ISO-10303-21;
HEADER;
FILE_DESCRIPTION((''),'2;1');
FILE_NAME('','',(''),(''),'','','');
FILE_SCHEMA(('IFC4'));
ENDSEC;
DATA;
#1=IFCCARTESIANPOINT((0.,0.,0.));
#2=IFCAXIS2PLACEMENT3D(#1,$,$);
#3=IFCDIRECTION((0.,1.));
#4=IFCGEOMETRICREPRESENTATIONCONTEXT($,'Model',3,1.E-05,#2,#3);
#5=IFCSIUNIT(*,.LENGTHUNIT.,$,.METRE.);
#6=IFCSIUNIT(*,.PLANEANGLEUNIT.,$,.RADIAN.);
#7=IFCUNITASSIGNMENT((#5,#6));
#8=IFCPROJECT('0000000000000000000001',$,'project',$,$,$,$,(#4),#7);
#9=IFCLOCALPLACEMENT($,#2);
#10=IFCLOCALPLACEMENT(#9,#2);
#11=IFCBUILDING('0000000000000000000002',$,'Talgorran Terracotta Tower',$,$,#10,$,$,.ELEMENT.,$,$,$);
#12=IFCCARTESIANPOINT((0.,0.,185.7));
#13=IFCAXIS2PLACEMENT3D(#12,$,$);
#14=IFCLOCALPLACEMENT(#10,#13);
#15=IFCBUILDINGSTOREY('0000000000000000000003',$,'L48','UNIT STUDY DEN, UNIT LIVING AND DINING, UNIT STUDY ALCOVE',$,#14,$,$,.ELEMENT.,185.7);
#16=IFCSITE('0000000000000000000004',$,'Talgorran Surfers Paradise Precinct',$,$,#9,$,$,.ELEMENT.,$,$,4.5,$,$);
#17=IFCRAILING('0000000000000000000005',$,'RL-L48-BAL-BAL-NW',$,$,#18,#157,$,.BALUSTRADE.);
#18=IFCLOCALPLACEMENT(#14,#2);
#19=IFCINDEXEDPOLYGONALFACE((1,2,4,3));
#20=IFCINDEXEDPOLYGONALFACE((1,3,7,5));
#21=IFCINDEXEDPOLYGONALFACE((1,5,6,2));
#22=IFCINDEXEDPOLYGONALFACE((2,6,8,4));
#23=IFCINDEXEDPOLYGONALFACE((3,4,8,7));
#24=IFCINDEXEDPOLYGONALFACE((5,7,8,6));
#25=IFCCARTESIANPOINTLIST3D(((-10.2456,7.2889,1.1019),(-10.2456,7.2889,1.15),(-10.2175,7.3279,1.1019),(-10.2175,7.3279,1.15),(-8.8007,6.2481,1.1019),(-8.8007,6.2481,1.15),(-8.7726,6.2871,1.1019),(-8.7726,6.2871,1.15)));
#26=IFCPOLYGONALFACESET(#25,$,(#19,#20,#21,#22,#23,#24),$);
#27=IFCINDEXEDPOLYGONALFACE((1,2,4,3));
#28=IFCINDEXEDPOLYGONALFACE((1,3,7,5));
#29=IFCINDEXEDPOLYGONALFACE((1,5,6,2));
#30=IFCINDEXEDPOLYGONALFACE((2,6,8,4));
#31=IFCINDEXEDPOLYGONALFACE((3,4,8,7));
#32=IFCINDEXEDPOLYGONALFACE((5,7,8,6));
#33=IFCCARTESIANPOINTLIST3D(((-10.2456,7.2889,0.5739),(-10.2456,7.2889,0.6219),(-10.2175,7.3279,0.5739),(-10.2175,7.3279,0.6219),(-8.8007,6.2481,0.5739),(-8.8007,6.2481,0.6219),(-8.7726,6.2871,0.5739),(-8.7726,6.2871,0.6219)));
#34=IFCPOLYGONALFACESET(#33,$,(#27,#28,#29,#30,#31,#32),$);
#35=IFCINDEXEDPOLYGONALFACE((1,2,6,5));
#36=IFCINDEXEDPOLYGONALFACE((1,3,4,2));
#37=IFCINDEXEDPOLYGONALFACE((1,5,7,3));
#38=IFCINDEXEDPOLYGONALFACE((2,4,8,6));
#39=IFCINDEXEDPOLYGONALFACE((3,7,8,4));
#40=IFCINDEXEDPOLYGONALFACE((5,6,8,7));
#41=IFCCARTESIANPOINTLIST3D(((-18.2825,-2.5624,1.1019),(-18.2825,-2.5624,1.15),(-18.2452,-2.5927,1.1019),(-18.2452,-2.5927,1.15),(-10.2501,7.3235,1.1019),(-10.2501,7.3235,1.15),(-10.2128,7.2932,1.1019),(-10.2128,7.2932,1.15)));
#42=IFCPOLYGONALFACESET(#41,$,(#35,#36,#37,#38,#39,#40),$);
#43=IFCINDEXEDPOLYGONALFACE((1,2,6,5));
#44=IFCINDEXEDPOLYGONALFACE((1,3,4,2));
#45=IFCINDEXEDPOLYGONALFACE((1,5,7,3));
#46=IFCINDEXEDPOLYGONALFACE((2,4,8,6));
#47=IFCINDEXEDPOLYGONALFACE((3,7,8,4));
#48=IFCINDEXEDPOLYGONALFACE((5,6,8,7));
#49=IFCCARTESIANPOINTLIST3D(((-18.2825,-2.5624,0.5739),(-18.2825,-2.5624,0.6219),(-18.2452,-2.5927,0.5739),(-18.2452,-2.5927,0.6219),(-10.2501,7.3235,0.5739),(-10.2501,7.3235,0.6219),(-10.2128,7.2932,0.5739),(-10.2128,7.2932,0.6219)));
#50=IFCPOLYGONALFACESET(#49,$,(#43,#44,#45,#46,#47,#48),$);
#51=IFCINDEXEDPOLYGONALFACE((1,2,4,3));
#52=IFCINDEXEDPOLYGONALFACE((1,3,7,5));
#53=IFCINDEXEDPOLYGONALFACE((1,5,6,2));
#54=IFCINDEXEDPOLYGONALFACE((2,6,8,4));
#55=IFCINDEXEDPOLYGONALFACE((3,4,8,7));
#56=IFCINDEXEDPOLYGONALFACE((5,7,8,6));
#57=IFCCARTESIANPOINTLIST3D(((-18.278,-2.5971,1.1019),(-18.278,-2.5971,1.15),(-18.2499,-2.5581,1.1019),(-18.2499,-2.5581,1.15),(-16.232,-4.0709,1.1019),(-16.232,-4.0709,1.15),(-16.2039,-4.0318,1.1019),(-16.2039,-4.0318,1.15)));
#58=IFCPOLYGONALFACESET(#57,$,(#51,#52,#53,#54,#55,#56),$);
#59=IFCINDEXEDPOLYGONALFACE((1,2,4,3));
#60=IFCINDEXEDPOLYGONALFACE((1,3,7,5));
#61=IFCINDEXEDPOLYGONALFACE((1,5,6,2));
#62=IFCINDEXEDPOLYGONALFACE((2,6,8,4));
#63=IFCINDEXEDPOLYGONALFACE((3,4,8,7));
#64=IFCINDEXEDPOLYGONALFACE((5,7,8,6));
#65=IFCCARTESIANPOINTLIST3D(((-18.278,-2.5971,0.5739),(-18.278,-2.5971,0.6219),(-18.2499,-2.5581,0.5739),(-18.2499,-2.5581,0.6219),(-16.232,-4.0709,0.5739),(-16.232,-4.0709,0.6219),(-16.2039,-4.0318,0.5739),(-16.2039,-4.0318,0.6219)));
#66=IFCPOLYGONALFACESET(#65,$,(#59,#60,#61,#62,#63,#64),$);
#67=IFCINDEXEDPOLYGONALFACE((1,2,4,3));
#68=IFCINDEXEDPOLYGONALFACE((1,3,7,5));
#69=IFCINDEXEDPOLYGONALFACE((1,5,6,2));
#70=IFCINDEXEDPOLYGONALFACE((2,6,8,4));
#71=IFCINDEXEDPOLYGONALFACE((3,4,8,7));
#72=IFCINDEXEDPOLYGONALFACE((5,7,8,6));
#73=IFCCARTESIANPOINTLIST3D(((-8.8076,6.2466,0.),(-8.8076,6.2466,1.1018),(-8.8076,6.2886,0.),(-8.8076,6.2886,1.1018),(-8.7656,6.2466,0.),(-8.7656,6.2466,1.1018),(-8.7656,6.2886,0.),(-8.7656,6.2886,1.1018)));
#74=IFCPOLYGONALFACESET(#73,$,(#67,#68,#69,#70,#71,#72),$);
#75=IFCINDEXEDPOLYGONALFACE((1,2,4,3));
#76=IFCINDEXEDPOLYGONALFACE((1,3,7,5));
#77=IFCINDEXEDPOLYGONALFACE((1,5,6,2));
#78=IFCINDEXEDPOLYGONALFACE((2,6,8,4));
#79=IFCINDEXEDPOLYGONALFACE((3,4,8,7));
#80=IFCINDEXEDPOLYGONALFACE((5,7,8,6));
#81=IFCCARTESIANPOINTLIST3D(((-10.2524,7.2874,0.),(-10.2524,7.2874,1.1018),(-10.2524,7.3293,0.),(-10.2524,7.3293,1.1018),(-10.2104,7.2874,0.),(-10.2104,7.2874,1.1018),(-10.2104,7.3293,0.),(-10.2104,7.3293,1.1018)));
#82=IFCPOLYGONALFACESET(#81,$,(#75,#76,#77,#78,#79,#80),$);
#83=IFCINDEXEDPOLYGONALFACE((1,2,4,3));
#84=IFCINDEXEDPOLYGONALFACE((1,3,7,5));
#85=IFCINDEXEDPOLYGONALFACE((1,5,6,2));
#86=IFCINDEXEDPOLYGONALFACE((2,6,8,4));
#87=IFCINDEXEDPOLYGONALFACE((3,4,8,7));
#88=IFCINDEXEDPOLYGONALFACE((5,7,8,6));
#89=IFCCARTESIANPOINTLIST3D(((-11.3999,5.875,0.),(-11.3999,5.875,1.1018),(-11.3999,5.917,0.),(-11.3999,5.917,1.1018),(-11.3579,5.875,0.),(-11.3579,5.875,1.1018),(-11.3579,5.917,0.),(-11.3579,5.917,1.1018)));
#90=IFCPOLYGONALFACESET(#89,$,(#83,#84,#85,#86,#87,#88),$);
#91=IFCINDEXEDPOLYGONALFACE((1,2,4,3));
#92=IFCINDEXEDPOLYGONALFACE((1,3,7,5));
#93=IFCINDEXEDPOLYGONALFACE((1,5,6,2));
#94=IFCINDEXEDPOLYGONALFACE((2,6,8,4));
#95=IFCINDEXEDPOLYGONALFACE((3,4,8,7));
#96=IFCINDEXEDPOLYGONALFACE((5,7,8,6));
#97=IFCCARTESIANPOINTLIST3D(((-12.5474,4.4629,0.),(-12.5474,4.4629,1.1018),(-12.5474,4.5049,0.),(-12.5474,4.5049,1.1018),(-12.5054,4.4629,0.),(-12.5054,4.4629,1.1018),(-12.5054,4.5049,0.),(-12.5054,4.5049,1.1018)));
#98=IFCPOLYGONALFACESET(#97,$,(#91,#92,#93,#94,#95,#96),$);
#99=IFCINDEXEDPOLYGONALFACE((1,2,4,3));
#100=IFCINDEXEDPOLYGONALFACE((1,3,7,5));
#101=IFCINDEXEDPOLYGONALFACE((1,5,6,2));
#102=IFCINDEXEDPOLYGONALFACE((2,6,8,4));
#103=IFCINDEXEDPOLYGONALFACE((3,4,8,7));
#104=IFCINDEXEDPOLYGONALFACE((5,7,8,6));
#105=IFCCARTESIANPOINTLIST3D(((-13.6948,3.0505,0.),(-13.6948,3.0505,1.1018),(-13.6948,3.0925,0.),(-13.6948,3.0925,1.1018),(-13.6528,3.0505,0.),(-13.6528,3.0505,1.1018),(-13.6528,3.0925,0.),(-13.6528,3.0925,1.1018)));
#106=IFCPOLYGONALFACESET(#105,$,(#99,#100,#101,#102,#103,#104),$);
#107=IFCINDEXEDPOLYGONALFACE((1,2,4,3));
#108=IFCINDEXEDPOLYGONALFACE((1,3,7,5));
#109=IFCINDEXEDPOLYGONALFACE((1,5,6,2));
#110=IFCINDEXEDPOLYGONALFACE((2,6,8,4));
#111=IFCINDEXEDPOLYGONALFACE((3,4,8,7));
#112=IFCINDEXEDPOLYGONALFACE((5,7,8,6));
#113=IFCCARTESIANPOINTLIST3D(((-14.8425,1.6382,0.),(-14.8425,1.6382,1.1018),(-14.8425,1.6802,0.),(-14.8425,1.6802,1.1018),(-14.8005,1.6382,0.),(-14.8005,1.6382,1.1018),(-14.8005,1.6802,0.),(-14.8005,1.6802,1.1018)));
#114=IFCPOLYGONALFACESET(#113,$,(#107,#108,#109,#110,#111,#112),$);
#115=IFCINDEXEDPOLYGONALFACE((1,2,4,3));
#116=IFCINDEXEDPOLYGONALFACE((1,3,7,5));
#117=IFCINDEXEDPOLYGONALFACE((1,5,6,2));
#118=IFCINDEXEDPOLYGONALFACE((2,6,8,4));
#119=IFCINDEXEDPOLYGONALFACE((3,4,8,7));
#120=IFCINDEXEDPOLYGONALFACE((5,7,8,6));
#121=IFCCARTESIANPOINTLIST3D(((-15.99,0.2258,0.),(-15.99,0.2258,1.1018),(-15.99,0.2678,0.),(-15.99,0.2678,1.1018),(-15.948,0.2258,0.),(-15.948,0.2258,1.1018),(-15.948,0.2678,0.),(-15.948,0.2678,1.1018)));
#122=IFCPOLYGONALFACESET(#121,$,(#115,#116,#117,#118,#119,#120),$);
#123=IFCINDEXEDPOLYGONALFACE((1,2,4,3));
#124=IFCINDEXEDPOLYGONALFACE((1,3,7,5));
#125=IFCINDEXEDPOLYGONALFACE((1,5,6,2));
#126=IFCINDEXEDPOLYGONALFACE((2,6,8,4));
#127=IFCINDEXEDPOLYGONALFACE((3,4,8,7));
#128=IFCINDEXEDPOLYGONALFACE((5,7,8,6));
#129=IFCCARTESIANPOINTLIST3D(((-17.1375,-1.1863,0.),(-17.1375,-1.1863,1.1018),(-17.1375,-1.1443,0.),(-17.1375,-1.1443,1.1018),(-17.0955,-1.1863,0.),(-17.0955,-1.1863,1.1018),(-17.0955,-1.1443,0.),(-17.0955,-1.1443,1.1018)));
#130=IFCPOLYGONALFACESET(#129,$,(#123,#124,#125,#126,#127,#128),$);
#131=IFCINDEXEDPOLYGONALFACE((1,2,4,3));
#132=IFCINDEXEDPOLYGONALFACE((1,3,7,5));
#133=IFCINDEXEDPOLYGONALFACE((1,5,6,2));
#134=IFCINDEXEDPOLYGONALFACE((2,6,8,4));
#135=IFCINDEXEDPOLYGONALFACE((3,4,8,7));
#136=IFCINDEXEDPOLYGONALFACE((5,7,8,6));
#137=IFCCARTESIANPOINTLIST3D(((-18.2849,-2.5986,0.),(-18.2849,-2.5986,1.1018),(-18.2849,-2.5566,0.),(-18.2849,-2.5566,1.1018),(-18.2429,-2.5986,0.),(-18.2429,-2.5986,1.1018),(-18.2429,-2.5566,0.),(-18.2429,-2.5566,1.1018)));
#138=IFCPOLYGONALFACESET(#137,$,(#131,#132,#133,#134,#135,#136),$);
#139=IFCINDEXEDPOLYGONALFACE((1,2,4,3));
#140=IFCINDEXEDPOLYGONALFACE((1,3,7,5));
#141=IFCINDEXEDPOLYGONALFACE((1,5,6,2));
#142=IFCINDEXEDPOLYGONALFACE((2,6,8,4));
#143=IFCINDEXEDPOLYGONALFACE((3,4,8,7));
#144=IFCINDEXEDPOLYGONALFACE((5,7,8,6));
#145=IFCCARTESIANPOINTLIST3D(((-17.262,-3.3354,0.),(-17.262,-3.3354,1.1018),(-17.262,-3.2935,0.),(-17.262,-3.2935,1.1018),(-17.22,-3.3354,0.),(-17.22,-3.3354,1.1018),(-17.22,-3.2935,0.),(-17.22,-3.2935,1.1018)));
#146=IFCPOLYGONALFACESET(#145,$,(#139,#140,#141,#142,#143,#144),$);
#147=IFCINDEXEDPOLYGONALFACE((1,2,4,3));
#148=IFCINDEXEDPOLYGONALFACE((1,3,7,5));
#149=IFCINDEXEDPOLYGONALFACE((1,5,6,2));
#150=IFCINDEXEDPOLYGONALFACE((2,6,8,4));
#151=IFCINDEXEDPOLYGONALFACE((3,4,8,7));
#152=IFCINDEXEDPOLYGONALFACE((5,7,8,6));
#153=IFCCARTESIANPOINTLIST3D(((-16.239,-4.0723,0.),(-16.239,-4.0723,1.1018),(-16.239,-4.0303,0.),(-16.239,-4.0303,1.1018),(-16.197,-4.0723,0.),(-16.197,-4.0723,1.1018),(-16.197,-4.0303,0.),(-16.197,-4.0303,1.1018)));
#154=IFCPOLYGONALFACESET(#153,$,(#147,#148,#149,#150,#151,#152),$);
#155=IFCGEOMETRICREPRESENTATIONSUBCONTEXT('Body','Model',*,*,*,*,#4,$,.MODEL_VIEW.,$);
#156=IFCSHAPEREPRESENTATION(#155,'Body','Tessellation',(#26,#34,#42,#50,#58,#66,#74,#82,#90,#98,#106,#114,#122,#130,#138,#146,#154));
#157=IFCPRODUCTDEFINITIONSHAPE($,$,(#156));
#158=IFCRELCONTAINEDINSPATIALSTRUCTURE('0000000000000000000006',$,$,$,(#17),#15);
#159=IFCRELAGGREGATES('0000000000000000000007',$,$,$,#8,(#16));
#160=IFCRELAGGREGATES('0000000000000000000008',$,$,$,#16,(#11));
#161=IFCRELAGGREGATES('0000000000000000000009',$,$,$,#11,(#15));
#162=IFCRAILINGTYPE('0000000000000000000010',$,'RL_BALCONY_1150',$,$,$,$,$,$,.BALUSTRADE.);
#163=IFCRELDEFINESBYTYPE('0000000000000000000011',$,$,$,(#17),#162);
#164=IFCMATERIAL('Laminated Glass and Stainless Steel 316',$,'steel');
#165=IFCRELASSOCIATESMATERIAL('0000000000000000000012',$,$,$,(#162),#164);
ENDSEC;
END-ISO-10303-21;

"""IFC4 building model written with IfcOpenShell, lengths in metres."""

from ifc_helpers import new_model, si_unit, direction, frame, origin, origin_2d, place, context, subcontext, project, spatial, rectangle, extrude, material, type_object, element, save


model = new_model("IFC4")

# Units and contexts
model_context = context("Model", 3, precision=1e-05, world=origin(), true_north=direction((0.0, 1.0)))
body_context = subcontext(model_context, "Body", "Model", "MODEL_VIEW")
ifc_project = project(units=[si_unit("LENGTHUNIT", "METRE"), si_unit("PLANEANGLEUNIT", "RADIAN")], contexts=[model_context])

# Site, building, storey
site_placement = place(None, origin())
site = spatial("IfcSite", under=ifc_project, at=site_placement, Name="Talgorran Surfers Paradise Precinct", CompositionType="ELEMENT", RefElevation=4.5)
building_placement = place(site_placement, origin())
building = spatial("IfcBuilding", under=site, at=building_placement, Name="Talgorran Terracotta Tower", CompositionType="ELEMENT")
storey_placement = place(building_placement, frame((0.0, 0.0, 185.7)))
storey = spatial("IfcBuildingStorey", under=building, at=storey_placement, Name="L48", Description="UNIT STUDY DEN, UNIT LIVING AND DINING, UNIT STUDY ALCOVE", CompositionType="ELEMENT", Elevation=185.7)

# Railing
ifc_material_1 = material(Name="Laminated Glass and Stainless Steel 316", Category="steel")
railing_type = type_object("IfcRailingType", Name="RL_BALCONY_1150", PredefinedType="BALUSTRADE", material=ifc_material_1)
railing_placement = place(storey_placement, frame((-8.7866, 6.2676, 0.0)))
element("IfcRailing", 1, at=railing_placement, inside=storey, type_object=railing_type, Name="RL-L48-BAL-BAL-NW", PredefinedType="BALUSTRADE", context=body_context, shape_type="SweptSolid", body=[
    extrude(rectangle(XDim=0.0481, YDim=0.0481, at=origin_2d()), frame((0.0, 0.0, 1.126), z_axis=(-0.811402, 0.584489, 0.0), x_axis=(-0.584489, -0.811402, 0.0)), (0.0, 0.0, 1.0), 1.7808),
    extrude(rectangle(XDim=0.0481, YDim=0.0481, at=origin_2d()), frame((0.0, 0.0, 0.5979), z_axis=(-0.811402, 0.584489, 0.0), x_axis=(-0.584489, -0.811402, 0.0)), (0.0, 0.0, 1.0), 1.7808),
    extrude(rectangle(XDim=0.0481, YDim=0.0481, at=origin_2d()), frame((-1.4448, 1.0408, 1.126), z_axis=(-0.630598, -0.77611, 0.0), x_axis=(0.77611, -0.630598, 0.0)), (0.0, 0.0, 1.0), 12.7378),
    extrude(rectangle(XDim=0.0481, YDim=0.0481, at=origin_2d()), frame((-1.4448, 1.0408, 0.5979), z_axis=(-0.630598, -0.77611, 0.0), x_axis=(0.77611, -0.630598, 0.0)), (0.0, 0.0, 1.0), 12.7378),
    extrude(rectangle(XDim=0.0481, YDim=0.0481, at=origin_2d()), frame((-9.4773, -8.8452, 1.126), z_axis=(0.811424, -0.584458, 0.0), x_axis=(0.584458, 0.811424, 0.0)), (0.0, 0.0, 1.0), 2.5215),
    extrude(rectangle(XDim=0.0481, YDim=0.0481, at=origin_2d()), frame((-9.4773, -8.8452, 0.5979), z_axis=(0.811424, -0.584458, 0.0), x_axis=(0.584458, 0.811424, 0.0)), (0.0, 0.0, 1.0), 2.5215),
    extrude(rectangle(XDim=0.042, YDim=0.042, at=origin_2d()), origin(), (0.0, 0.0, 1.0), 1.1018),
    extrude(rectangle(XDim=0.042, YDim=0.042, at=origin_2d()), frame((-1.4448, 1.0408, 0.0)), (0.0, 0.0, 1.0), 1.1018),
    extrude(rectangle(XDim=0.042, YDim=0.042, at=origin_2d()), frame((-2.5923, -0.3716, 0.0)), (0.0, 0.0, 1.0), 1.1018),
    extrude(rectangle(XDim=0.042, YDim=0.042, at=origin_2d()), frame((-3.7397, -1.7837, 0.0)), (0.0, 0.0, 1.0), 1.1018),
    extrude(rectangle(XDim=0.042, YDim=0.042, at=origin_2d()), frame((-4.8872, -3.196, 0.0)), (0.0, 0.0, 1.0), 1.1018),
    extrude(rectangle(XDim=0.042, YDim=0.042, at=origin_2d()), frame((-6.0349, -4.6084, 0.0)), (0.0, 0.0, 1.0), 1.1018),
    extrude(rectangle(XDim=0.042, YDim=0.042, at=origin_2d()), frame((-7.1824, -6.0208, 0.0)), (0.0, 0.0, 1.0), 1.1018),
    extrude(rectangle(XDim=0.042, YDim=0.042, at=origin_2d()), frame((-8.3298, -7.4329, 0.0)), (0.0, 0.0, 1.0), 1.1018),
    extrude(rectangle(XDim=0.042, YDim=0.042, at=origin_2d()), frame((-9.4773, -8.8452, 0.0)), (0.0, 0.0, 1.0), 1.1018),
    extrude(rectangle(XDim=0.042, YDim=0.042, at=origin_2d()), frame((-8.4543, -9.582, 0.0)), (0.0, 0.0, 1.0), 1.1018),
    extrude(rectangle(XDim=0.042, YDim=0.042, at=origin_2d()), frame((-7.4314, -10.3188, 0.0)), (0.0, 0.0, 1.0), 1.1018),
])

save(model, "model.ifc")
